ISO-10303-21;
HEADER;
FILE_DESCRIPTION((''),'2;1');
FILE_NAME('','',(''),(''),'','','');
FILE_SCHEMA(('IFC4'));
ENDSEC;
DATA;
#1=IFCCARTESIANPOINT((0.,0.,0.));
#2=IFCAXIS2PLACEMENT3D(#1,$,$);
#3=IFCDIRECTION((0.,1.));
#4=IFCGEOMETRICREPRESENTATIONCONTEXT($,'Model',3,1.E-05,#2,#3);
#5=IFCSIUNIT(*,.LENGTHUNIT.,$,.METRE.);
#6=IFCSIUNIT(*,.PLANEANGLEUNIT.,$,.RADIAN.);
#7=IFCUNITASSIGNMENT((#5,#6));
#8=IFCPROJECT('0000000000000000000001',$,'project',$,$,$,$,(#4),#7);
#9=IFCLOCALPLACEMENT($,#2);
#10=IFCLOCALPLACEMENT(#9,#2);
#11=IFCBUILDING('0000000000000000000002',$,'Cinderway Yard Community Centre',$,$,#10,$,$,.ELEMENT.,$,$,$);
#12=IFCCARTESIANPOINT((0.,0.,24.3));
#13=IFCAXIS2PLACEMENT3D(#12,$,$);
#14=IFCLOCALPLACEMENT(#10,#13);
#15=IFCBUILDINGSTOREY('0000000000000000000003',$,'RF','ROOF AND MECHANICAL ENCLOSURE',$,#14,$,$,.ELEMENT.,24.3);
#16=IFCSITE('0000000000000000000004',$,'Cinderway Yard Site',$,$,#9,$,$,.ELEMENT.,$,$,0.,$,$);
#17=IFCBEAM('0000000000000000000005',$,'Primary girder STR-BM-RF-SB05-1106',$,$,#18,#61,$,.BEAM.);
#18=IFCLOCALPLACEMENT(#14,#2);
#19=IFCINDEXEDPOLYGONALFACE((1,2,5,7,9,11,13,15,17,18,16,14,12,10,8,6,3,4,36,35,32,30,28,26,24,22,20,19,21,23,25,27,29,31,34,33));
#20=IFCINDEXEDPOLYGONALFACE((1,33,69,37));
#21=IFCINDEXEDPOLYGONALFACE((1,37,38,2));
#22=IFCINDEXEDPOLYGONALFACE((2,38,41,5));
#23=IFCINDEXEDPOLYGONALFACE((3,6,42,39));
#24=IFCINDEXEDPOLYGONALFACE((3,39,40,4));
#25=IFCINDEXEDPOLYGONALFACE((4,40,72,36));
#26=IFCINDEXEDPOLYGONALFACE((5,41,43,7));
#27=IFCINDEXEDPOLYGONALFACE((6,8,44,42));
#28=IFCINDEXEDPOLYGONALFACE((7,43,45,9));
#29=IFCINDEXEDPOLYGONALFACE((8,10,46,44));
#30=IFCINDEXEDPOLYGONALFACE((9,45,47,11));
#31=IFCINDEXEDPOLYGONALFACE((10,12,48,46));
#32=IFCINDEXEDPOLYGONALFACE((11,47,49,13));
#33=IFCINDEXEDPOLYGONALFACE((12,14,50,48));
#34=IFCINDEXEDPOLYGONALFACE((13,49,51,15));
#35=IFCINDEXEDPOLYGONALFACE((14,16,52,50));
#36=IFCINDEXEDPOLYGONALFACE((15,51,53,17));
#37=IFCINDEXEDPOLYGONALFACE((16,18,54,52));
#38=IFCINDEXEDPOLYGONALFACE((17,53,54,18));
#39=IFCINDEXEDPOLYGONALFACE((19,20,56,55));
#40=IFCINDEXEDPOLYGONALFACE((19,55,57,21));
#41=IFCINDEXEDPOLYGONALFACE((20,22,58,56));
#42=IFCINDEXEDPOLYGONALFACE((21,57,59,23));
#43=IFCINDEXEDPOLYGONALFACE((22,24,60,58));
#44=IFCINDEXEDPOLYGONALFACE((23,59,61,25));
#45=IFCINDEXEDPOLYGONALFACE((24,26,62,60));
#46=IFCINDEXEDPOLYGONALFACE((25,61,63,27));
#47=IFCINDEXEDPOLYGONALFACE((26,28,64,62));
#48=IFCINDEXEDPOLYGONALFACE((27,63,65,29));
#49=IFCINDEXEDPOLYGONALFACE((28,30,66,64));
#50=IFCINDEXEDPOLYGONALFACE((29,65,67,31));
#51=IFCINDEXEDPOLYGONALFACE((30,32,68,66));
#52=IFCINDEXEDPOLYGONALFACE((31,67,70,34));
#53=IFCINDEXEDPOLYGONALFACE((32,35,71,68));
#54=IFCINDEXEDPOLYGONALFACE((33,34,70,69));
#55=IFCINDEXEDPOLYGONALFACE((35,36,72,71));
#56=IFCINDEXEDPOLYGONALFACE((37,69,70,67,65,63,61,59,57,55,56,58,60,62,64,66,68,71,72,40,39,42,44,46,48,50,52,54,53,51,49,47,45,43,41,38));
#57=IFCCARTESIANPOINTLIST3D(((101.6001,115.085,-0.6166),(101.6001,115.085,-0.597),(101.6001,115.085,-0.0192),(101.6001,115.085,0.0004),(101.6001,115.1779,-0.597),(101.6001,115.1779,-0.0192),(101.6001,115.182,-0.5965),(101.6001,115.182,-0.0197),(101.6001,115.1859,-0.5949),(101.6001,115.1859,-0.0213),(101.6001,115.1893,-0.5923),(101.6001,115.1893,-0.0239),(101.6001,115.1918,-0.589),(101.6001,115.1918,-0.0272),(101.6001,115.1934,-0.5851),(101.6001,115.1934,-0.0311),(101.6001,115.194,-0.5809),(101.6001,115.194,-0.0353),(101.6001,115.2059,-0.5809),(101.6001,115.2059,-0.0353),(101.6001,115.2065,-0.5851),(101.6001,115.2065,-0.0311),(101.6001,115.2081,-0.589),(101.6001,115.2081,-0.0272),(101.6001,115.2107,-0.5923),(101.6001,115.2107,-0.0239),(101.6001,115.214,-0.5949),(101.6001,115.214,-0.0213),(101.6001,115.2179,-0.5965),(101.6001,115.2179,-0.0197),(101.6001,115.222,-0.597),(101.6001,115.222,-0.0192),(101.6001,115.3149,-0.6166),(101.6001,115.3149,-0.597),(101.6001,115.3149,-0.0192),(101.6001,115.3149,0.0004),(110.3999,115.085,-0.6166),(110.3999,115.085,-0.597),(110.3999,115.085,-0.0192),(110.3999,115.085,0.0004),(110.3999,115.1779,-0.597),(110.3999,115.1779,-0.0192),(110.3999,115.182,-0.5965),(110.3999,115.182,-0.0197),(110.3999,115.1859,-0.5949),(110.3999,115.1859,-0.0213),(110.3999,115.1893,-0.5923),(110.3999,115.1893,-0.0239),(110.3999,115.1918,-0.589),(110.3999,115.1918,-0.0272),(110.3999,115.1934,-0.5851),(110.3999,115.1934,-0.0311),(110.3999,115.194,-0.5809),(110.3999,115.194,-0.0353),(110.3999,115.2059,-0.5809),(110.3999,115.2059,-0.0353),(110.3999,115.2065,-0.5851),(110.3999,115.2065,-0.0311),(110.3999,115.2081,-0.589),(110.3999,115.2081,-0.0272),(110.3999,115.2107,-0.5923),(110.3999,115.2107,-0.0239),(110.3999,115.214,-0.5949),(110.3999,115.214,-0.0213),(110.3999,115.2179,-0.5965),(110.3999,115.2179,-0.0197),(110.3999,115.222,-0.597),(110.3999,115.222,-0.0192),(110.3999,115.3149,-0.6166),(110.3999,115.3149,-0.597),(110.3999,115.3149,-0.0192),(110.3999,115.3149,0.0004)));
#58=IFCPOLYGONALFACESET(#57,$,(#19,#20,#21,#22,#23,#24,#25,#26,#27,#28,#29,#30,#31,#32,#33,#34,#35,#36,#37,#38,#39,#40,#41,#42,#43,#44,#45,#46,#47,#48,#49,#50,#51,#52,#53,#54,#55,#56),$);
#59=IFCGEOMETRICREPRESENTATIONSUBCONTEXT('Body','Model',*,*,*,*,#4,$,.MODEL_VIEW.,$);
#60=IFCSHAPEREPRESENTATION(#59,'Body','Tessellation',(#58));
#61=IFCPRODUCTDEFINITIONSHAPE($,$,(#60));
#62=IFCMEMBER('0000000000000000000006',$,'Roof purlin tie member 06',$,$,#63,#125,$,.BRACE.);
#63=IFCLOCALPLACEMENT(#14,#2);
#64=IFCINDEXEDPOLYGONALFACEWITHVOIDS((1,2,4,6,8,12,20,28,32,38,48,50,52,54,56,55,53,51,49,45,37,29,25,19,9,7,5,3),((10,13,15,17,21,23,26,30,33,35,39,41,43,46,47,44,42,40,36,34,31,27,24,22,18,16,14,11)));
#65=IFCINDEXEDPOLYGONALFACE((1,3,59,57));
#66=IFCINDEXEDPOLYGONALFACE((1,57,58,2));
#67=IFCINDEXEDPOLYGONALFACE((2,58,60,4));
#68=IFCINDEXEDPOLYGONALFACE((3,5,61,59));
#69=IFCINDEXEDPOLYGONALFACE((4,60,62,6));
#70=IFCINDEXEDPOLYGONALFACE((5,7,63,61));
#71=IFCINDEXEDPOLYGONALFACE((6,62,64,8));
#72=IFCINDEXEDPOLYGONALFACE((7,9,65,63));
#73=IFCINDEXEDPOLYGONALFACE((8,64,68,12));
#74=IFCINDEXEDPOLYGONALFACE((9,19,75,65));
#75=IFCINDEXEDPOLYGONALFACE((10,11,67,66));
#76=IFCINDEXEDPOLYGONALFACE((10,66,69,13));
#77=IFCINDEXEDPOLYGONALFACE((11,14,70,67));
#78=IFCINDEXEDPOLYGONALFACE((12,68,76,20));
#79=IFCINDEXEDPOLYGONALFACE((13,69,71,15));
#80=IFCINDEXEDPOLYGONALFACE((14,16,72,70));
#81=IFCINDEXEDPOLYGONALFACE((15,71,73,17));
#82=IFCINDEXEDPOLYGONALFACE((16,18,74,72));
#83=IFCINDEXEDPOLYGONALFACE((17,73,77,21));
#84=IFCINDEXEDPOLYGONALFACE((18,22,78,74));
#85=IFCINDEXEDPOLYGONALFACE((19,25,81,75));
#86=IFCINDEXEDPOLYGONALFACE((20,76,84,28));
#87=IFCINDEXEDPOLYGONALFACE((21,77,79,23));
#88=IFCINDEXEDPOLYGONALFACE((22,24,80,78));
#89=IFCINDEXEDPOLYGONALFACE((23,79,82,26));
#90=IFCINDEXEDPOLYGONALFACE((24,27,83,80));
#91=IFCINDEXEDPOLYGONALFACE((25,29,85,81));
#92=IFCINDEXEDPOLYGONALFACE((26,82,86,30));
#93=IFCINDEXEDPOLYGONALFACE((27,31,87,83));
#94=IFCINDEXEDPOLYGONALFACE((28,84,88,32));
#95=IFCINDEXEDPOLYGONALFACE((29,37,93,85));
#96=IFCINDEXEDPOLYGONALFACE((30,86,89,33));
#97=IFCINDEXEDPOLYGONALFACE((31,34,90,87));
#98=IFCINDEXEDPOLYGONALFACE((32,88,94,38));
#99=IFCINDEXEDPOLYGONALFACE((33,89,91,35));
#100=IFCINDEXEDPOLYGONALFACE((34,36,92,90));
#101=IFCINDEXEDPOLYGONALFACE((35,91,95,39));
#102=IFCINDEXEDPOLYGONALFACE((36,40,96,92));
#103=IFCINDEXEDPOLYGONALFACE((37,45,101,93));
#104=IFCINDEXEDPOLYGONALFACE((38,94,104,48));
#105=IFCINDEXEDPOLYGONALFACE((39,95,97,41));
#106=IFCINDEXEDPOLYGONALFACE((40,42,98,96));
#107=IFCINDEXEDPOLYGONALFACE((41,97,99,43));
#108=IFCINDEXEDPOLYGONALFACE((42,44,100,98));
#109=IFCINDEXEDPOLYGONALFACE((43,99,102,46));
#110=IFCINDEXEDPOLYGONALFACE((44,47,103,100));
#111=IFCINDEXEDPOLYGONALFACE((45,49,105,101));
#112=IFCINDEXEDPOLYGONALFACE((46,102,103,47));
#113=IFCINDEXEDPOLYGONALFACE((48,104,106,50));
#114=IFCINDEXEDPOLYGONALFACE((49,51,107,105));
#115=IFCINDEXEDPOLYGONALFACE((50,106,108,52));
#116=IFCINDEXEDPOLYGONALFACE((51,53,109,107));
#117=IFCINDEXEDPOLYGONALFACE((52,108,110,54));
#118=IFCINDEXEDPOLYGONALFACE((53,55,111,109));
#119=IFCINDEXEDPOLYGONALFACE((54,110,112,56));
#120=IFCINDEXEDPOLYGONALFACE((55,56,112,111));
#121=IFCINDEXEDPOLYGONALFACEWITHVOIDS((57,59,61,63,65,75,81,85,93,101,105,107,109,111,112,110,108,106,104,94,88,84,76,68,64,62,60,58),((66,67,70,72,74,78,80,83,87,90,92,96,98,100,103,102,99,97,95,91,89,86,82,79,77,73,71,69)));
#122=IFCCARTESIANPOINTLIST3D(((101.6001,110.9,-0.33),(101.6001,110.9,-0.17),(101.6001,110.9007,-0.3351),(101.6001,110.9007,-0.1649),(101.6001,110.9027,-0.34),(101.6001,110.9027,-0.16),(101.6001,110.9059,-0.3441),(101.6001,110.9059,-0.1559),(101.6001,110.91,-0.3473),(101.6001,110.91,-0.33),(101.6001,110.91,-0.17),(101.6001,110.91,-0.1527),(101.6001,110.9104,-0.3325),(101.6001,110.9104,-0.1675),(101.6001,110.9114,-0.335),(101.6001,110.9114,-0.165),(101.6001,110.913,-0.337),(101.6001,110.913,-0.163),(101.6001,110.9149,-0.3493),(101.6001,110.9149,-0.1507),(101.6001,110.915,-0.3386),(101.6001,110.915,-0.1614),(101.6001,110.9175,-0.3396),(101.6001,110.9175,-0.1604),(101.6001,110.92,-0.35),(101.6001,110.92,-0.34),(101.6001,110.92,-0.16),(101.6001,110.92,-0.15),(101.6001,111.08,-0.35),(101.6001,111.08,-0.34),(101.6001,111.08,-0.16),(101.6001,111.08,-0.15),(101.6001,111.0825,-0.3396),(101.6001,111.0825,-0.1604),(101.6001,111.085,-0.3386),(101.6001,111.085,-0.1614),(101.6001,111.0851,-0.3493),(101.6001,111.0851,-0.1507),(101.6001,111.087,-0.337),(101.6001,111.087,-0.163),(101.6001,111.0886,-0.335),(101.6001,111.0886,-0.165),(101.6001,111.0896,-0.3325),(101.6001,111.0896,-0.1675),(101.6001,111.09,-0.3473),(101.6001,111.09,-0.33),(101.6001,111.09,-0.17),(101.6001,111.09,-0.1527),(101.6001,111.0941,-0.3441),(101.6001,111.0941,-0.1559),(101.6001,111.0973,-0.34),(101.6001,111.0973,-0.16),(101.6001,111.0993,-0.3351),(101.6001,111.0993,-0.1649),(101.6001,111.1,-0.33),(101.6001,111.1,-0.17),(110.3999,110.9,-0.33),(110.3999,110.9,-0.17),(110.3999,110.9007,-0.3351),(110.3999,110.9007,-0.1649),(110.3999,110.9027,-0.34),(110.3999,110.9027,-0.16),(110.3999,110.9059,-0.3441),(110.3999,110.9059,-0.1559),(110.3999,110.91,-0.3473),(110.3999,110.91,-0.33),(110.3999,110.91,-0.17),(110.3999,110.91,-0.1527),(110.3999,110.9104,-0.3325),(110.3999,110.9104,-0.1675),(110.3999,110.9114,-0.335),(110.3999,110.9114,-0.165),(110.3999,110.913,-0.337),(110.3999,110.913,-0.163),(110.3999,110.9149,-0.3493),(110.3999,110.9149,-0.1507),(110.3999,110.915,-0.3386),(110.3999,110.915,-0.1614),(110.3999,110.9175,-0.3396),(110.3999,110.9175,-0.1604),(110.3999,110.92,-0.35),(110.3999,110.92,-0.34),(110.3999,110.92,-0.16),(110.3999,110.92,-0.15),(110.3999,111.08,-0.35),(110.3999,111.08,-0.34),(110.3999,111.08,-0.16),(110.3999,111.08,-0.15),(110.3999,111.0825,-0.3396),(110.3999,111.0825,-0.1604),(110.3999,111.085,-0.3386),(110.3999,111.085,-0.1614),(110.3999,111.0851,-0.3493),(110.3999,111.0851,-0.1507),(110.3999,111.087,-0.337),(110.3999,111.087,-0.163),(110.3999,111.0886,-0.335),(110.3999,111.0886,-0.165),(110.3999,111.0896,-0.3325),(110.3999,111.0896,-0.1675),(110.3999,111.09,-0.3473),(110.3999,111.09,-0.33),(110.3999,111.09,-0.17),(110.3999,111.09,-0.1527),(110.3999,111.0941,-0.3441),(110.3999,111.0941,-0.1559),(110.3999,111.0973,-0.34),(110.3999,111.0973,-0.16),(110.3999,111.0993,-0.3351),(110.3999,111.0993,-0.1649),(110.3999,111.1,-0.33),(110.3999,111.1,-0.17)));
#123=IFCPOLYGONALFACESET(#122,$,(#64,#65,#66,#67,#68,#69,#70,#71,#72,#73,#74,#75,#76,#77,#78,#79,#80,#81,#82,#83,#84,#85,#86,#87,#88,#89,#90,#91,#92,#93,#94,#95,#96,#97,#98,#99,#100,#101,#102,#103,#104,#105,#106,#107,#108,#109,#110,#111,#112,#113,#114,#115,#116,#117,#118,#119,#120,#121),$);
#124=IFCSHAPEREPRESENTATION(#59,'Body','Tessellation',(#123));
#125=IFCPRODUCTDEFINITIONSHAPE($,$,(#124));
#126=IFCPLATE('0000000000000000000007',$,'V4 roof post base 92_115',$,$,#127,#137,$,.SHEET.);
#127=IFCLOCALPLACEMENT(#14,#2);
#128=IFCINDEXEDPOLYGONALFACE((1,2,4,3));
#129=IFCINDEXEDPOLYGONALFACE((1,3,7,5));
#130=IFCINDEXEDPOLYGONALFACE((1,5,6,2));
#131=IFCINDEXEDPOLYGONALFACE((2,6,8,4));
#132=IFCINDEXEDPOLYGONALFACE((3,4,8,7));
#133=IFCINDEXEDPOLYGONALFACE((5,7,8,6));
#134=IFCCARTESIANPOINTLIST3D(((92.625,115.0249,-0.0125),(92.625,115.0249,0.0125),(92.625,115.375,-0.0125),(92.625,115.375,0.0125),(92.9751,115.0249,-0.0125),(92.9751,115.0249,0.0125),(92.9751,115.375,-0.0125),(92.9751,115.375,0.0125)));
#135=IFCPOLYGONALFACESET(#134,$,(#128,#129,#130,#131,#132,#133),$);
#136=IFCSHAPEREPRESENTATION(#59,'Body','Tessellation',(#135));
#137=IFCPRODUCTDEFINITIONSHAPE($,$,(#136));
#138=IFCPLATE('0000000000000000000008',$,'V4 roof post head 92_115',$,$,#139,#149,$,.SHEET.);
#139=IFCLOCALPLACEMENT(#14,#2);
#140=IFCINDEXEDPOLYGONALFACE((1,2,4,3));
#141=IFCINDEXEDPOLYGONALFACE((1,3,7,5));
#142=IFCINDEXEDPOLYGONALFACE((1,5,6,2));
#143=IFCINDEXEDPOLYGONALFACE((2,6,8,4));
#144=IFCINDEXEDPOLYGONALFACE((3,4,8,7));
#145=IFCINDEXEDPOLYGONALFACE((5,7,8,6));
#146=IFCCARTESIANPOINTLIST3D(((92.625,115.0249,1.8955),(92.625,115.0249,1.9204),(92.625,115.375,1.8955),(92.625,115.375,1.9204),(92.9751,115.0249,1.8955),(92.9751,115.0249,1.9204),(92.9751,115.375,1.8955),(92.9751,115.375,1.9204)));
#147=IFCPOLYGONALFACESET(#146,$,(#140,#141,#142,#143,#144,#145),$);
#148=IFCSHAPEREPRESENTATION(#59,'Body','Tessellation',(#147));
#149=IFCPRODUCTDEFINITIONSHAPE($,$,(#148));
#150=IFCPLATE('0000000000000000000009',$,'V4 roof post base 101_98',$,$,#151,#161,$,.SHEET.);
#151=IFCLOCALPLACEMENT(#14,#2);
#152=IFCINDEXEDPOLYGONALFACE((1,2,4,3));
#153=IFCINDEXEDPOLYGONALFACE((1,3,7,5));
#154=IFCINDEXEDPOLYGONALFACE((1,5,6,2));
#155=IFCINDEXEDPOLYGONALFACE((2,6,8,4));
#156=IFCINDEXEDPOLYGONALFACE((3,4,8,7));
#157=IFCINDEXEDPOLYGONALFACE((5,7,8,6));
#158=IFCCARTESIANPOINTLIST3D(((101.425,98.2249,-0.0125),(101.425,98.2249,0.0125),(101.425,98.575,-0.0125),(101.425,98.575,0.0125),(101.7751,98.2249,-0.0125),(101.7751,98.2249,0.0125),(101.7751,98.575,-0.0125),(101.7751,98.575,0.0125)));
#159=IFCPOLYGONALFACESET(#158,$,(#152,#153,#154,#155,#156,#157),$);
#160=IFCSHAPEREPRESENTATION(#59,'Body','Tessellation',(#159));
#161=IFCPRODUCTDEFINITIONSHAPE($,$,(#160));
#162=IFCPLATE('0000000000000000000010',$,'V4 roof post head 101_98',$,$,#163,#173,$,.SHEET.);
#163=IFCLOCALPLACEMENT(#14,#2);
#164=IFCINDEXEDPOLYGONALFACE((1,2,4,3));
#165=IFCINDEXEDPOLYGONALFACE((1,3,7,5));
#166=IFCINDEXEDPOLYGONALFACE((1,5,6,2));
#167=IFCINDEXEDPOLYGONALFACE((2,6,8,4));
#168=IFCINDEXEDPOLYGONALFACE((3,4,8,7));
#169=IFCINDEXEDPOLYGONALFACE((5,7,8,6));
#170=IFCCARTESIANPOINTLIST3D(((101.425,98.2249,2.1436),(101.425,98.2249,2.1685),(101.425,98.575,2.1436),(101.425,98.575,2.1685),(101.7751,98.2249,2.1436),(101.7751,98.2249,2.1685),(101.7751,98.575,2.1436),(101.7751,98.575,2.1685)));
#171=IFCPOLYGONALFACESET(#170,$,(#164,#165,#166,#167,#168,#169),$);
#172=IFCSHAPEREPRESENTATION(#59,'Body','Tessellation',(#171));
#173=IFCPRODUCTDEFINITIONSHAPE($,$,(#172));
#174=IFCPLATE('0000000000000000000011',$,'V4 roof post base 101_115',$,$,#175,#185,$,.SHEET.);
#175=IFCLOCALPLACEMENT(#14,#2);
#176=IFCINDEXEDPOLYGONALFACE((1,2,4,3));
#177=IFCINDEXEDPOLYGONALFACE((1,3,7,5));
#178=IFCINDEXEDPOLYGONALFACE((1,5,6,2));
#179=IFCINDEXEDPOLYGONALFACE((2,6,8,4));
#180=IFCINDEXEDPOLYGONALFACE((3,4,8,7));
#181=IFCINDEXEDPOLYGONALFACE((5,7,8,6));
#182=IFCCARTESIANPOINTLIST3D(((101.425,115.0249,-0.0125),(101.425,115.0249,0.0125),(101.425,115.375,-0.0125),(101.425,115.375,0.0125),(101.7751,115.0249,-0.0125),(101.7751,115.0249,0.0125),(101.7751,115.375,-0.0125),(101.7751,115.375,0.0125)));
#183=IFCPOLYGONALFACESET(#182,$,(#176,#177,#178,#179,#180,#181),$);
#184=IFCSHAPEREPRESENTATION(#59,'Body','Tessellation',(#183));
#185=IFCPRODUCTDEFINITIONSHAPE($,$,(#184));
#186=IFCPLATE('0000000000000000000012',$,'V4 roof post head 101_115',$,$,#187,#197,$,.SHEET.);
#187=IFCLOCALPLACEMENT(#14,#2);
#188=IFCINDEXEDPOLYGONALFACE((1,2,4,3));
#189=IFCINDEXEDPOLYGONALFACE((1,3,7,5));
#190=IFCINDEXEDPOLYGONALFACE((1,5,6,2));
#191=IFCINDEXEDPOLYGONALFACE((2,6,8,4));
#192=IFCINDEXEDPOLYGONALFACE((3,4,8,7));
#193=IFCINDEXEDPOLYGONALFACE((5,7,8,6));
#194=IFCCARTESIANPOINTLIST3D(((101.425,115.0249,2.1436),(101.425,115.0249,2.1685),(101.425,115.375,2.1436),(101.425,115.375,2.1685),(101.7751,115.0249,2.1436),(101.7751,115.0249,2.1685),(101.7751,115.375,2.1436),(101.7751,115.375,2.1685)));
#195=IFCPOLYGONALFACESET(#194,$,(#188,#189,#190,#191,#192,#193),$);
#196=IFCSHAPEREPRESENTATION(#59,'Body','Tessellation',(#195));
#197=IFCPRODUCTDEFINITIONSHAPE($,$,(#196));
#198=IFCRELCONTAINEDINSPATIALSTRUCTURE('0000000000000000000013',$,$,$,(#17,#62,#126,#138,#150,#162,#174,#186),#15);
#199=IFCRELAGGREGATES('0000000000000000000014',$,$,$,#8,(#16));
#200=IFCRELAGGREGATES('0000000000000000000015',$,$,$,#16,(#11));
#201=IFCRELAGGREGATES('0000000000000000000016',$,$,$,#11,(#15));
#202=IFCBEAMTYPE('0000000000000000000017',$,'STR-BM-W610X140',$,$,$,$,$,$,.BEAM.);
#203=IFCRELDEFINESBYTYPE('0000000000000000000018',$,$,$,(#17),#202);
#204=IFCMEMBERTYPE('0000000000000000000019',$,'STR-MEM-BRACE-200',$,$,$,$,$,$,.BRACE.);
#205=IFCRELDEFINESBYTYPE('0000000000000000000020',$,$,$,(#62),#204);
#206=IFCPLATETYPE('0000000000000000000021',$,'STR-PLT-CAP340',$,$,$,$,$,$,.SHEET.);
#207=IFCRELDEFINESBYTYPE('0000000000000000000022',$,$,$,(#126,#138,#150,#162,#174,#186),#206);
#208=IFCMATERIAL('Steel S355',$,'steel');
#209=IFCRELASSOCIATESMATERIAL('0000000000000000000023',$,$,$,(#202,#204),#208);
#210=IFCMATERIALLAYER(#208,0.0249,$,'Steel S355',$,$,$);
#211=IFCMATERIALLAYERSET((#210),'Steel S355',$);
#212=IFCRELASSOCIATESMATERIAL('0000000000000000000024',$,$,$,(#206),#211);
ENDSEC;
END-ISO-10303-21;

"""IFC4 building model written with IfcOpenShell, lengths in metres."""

from ifc_helpers import new_model, si_unit, direction, frame, origin, origin_2d, place, context, subcontext, project, spatial, rectangle, hollow_rectangle, i_section, extrude, material, layer, layer_set, material_profile, profile_set, type_object, element, save


model = new_model("IFC4")

# Units and contexts
model_context = context("Model", 3, precision=1e-05, world=origin(), true_north=direction((0.0, 1.0)))
body_context = subcontext(model_context, "Body", "Model", "MODEL_VIEW")
ifc_project = project(units=[si_unit("LENGTHUNIT", "METRE"), si_unit("PLANEANGLEUNIT", "RADIAN")], contexts=[model_context])

# Site, building, storey
site_placement = place(None, origin())
site = spatial("IfcSite", under=ifc_project, at=site_placement, Name="Cinderway Yard Site", CompositionType="ELEMENT", RefElevation=0.0)
building_placement = place(site_placement, origin())
building = spatial("IfcBuilding", under=site, at=building_placement, Name="Cinderway Yard Community Centre", CompositionType="ELEMENT")
storey_placement = place(building_placement, frame((0.0, 0.0, 24.3)))
storey = spatial("IfcBuildingStorey", under=building, at=storey_placement, Name="RF", Description="ROOF AND MECHANICAL ENCLOSURE", CompositionType="ELEMENT", Elevation=24.3)

# Shared definitions
ifc_material = material(Name="Steel S355", Category="steel")

# Beam
ifc_material_profile_1 = material_profile(ifc_material, i_section(OverallWidth=0.23, OverallDepth=0.6169, WebThickness=0.012, FlangeThickness=0.0195, FilletRadius=0.0161, at=origin_2d()), Name="Steel S355")
ifc_profile_set_1 = profile_set([ifc_material_profile_1], Name="Steel S355")
beam_type_1 = type_object("IfcBeamType", Name="STR-BM-W610X140", PredefinedType="BEAM", material=ifc_profile_set_1)
beam_1_placement = place(storey_placement, frame((101.6001, 115.2, -0.3081), z_axis=(1.0, 0.0, 0.0), x_axis=(0.0, 1.0, 0.0)))
element("IfcBeam", 1, at=beam_1_placement, inside=storey, type_object=beam_type_1, Name="Primary girder STR-BM-RF-SB05-1106", PredefinedType="BEAM", context=body_context, shape_type="SweptSolid", body=[
    extrude(i_section(OverallWidth=0.23, OverallDepth=0.6169, WebThickness=0.012, FlangeThickness=0.0195, FilletRadius=0.0161, at=origin_2d()), origin(), (0.0, 0.0, 1.0), 8.7998),
])

# Member
ifc_material_profile_2 = material_profile(ifc_material, hollow_rectangle(XDim=0.2, YDim=0.2, WallThickness=0.01, InnerFilletRadius=0.01, OuterFilletRadius=0.02, at=origin_2d()), Name="Steel S355")
ifc_profile_set_2 = profile_set([ifc_material_profile_2], Name="Steel S355")
member_type = type_object("IfcMemberType", Name="STR-MEM-BRACE-200", PredefinedType="BRACE", material=ifc_profile_set_2)
member_placement = place(storey_placement, frame((101.6001, 111.0, -0.25), z_axis=(1.0, 0.0, 0.0), x_axis=(0.0, 1.0, 0.0)))
element("IfcMember", 2, at=member_placement, inside=storey, type_object=member_type, Name="Roof purlin tie member 06", PredefinedType="BRACE", context=body_context, shape_type="SweptSolid", body=[
    extrude(hollow_rectangle(XDim=0.2, YDim=0.2, WallThickness=0.01, InnerFilletRadius=0.01, OuterFilletRadius=0.02, at=origin_2d()), origin(), (0.0, 0.0, 1.0), 8.7998),
])

# Plates
ifc_layer = layer(ifc_material, 0.0249, Name="Steel S355")
ifc_layer_set = layer_set([ifc_layer], Name="Steel S355")
plate_type = type_object("IfcPlateType", Name="STR-PLT-CAP340", PredefinedType="SHEET", material=ifc_layer_set)
for number, where, z_axis, x_axis, name in (
    (3, (92.8, 115.2, -0.0125), (0.0, 0.0, 1.0), (1.0, 0.0, 0.0), "V4 roof post base 92_115"),
    (4, (92.8, 115.2, 1.8955), (0.0, 0.0, 1.0), (1.0, 0.0, 0.0), "V4 roof post head 92_115"),
    (5, (101.6001, 98.3999, -0.0125), (0.0, 0.0, 1.0), (1.0, 0.0, 0.0), "V4 roof post base 101_98"),
    (6, (101.6001, 98.3999, 2.1436), (0.0, 0.0, 1.0), (1.0, 0.0, 0.0), "V4 roof post head 101_98"),
    (7, (101.6001, 115.2, -0.0125), (0.0, 0.0, 1.0), (1.0, 0.0, 0.0), "V4 roof post base 101_115"),
    (8, (101.6001, 115.2, 2.1436), (0.0, 0.0, 1.0), (1.0, 0.0, 0.0), "V4 roof post head 101_115"),
):
    element("IfcPlate", number, at=place(storey_placement, frame(where, z_axis=z_axis, x_axis=x_axis)), inside=storey, type_object=plate_type, Name=name, PredefinedType="SHEET", context=body_context, shape_type="SweptSolid", body=[
        extrude(rectangle(XDim=0.3501, YDim=0.3501, at=origin_2d()), origin(), (0.0, 0.0, 1.0), 0.0249),
    ])

save(model, "model.ifc")
